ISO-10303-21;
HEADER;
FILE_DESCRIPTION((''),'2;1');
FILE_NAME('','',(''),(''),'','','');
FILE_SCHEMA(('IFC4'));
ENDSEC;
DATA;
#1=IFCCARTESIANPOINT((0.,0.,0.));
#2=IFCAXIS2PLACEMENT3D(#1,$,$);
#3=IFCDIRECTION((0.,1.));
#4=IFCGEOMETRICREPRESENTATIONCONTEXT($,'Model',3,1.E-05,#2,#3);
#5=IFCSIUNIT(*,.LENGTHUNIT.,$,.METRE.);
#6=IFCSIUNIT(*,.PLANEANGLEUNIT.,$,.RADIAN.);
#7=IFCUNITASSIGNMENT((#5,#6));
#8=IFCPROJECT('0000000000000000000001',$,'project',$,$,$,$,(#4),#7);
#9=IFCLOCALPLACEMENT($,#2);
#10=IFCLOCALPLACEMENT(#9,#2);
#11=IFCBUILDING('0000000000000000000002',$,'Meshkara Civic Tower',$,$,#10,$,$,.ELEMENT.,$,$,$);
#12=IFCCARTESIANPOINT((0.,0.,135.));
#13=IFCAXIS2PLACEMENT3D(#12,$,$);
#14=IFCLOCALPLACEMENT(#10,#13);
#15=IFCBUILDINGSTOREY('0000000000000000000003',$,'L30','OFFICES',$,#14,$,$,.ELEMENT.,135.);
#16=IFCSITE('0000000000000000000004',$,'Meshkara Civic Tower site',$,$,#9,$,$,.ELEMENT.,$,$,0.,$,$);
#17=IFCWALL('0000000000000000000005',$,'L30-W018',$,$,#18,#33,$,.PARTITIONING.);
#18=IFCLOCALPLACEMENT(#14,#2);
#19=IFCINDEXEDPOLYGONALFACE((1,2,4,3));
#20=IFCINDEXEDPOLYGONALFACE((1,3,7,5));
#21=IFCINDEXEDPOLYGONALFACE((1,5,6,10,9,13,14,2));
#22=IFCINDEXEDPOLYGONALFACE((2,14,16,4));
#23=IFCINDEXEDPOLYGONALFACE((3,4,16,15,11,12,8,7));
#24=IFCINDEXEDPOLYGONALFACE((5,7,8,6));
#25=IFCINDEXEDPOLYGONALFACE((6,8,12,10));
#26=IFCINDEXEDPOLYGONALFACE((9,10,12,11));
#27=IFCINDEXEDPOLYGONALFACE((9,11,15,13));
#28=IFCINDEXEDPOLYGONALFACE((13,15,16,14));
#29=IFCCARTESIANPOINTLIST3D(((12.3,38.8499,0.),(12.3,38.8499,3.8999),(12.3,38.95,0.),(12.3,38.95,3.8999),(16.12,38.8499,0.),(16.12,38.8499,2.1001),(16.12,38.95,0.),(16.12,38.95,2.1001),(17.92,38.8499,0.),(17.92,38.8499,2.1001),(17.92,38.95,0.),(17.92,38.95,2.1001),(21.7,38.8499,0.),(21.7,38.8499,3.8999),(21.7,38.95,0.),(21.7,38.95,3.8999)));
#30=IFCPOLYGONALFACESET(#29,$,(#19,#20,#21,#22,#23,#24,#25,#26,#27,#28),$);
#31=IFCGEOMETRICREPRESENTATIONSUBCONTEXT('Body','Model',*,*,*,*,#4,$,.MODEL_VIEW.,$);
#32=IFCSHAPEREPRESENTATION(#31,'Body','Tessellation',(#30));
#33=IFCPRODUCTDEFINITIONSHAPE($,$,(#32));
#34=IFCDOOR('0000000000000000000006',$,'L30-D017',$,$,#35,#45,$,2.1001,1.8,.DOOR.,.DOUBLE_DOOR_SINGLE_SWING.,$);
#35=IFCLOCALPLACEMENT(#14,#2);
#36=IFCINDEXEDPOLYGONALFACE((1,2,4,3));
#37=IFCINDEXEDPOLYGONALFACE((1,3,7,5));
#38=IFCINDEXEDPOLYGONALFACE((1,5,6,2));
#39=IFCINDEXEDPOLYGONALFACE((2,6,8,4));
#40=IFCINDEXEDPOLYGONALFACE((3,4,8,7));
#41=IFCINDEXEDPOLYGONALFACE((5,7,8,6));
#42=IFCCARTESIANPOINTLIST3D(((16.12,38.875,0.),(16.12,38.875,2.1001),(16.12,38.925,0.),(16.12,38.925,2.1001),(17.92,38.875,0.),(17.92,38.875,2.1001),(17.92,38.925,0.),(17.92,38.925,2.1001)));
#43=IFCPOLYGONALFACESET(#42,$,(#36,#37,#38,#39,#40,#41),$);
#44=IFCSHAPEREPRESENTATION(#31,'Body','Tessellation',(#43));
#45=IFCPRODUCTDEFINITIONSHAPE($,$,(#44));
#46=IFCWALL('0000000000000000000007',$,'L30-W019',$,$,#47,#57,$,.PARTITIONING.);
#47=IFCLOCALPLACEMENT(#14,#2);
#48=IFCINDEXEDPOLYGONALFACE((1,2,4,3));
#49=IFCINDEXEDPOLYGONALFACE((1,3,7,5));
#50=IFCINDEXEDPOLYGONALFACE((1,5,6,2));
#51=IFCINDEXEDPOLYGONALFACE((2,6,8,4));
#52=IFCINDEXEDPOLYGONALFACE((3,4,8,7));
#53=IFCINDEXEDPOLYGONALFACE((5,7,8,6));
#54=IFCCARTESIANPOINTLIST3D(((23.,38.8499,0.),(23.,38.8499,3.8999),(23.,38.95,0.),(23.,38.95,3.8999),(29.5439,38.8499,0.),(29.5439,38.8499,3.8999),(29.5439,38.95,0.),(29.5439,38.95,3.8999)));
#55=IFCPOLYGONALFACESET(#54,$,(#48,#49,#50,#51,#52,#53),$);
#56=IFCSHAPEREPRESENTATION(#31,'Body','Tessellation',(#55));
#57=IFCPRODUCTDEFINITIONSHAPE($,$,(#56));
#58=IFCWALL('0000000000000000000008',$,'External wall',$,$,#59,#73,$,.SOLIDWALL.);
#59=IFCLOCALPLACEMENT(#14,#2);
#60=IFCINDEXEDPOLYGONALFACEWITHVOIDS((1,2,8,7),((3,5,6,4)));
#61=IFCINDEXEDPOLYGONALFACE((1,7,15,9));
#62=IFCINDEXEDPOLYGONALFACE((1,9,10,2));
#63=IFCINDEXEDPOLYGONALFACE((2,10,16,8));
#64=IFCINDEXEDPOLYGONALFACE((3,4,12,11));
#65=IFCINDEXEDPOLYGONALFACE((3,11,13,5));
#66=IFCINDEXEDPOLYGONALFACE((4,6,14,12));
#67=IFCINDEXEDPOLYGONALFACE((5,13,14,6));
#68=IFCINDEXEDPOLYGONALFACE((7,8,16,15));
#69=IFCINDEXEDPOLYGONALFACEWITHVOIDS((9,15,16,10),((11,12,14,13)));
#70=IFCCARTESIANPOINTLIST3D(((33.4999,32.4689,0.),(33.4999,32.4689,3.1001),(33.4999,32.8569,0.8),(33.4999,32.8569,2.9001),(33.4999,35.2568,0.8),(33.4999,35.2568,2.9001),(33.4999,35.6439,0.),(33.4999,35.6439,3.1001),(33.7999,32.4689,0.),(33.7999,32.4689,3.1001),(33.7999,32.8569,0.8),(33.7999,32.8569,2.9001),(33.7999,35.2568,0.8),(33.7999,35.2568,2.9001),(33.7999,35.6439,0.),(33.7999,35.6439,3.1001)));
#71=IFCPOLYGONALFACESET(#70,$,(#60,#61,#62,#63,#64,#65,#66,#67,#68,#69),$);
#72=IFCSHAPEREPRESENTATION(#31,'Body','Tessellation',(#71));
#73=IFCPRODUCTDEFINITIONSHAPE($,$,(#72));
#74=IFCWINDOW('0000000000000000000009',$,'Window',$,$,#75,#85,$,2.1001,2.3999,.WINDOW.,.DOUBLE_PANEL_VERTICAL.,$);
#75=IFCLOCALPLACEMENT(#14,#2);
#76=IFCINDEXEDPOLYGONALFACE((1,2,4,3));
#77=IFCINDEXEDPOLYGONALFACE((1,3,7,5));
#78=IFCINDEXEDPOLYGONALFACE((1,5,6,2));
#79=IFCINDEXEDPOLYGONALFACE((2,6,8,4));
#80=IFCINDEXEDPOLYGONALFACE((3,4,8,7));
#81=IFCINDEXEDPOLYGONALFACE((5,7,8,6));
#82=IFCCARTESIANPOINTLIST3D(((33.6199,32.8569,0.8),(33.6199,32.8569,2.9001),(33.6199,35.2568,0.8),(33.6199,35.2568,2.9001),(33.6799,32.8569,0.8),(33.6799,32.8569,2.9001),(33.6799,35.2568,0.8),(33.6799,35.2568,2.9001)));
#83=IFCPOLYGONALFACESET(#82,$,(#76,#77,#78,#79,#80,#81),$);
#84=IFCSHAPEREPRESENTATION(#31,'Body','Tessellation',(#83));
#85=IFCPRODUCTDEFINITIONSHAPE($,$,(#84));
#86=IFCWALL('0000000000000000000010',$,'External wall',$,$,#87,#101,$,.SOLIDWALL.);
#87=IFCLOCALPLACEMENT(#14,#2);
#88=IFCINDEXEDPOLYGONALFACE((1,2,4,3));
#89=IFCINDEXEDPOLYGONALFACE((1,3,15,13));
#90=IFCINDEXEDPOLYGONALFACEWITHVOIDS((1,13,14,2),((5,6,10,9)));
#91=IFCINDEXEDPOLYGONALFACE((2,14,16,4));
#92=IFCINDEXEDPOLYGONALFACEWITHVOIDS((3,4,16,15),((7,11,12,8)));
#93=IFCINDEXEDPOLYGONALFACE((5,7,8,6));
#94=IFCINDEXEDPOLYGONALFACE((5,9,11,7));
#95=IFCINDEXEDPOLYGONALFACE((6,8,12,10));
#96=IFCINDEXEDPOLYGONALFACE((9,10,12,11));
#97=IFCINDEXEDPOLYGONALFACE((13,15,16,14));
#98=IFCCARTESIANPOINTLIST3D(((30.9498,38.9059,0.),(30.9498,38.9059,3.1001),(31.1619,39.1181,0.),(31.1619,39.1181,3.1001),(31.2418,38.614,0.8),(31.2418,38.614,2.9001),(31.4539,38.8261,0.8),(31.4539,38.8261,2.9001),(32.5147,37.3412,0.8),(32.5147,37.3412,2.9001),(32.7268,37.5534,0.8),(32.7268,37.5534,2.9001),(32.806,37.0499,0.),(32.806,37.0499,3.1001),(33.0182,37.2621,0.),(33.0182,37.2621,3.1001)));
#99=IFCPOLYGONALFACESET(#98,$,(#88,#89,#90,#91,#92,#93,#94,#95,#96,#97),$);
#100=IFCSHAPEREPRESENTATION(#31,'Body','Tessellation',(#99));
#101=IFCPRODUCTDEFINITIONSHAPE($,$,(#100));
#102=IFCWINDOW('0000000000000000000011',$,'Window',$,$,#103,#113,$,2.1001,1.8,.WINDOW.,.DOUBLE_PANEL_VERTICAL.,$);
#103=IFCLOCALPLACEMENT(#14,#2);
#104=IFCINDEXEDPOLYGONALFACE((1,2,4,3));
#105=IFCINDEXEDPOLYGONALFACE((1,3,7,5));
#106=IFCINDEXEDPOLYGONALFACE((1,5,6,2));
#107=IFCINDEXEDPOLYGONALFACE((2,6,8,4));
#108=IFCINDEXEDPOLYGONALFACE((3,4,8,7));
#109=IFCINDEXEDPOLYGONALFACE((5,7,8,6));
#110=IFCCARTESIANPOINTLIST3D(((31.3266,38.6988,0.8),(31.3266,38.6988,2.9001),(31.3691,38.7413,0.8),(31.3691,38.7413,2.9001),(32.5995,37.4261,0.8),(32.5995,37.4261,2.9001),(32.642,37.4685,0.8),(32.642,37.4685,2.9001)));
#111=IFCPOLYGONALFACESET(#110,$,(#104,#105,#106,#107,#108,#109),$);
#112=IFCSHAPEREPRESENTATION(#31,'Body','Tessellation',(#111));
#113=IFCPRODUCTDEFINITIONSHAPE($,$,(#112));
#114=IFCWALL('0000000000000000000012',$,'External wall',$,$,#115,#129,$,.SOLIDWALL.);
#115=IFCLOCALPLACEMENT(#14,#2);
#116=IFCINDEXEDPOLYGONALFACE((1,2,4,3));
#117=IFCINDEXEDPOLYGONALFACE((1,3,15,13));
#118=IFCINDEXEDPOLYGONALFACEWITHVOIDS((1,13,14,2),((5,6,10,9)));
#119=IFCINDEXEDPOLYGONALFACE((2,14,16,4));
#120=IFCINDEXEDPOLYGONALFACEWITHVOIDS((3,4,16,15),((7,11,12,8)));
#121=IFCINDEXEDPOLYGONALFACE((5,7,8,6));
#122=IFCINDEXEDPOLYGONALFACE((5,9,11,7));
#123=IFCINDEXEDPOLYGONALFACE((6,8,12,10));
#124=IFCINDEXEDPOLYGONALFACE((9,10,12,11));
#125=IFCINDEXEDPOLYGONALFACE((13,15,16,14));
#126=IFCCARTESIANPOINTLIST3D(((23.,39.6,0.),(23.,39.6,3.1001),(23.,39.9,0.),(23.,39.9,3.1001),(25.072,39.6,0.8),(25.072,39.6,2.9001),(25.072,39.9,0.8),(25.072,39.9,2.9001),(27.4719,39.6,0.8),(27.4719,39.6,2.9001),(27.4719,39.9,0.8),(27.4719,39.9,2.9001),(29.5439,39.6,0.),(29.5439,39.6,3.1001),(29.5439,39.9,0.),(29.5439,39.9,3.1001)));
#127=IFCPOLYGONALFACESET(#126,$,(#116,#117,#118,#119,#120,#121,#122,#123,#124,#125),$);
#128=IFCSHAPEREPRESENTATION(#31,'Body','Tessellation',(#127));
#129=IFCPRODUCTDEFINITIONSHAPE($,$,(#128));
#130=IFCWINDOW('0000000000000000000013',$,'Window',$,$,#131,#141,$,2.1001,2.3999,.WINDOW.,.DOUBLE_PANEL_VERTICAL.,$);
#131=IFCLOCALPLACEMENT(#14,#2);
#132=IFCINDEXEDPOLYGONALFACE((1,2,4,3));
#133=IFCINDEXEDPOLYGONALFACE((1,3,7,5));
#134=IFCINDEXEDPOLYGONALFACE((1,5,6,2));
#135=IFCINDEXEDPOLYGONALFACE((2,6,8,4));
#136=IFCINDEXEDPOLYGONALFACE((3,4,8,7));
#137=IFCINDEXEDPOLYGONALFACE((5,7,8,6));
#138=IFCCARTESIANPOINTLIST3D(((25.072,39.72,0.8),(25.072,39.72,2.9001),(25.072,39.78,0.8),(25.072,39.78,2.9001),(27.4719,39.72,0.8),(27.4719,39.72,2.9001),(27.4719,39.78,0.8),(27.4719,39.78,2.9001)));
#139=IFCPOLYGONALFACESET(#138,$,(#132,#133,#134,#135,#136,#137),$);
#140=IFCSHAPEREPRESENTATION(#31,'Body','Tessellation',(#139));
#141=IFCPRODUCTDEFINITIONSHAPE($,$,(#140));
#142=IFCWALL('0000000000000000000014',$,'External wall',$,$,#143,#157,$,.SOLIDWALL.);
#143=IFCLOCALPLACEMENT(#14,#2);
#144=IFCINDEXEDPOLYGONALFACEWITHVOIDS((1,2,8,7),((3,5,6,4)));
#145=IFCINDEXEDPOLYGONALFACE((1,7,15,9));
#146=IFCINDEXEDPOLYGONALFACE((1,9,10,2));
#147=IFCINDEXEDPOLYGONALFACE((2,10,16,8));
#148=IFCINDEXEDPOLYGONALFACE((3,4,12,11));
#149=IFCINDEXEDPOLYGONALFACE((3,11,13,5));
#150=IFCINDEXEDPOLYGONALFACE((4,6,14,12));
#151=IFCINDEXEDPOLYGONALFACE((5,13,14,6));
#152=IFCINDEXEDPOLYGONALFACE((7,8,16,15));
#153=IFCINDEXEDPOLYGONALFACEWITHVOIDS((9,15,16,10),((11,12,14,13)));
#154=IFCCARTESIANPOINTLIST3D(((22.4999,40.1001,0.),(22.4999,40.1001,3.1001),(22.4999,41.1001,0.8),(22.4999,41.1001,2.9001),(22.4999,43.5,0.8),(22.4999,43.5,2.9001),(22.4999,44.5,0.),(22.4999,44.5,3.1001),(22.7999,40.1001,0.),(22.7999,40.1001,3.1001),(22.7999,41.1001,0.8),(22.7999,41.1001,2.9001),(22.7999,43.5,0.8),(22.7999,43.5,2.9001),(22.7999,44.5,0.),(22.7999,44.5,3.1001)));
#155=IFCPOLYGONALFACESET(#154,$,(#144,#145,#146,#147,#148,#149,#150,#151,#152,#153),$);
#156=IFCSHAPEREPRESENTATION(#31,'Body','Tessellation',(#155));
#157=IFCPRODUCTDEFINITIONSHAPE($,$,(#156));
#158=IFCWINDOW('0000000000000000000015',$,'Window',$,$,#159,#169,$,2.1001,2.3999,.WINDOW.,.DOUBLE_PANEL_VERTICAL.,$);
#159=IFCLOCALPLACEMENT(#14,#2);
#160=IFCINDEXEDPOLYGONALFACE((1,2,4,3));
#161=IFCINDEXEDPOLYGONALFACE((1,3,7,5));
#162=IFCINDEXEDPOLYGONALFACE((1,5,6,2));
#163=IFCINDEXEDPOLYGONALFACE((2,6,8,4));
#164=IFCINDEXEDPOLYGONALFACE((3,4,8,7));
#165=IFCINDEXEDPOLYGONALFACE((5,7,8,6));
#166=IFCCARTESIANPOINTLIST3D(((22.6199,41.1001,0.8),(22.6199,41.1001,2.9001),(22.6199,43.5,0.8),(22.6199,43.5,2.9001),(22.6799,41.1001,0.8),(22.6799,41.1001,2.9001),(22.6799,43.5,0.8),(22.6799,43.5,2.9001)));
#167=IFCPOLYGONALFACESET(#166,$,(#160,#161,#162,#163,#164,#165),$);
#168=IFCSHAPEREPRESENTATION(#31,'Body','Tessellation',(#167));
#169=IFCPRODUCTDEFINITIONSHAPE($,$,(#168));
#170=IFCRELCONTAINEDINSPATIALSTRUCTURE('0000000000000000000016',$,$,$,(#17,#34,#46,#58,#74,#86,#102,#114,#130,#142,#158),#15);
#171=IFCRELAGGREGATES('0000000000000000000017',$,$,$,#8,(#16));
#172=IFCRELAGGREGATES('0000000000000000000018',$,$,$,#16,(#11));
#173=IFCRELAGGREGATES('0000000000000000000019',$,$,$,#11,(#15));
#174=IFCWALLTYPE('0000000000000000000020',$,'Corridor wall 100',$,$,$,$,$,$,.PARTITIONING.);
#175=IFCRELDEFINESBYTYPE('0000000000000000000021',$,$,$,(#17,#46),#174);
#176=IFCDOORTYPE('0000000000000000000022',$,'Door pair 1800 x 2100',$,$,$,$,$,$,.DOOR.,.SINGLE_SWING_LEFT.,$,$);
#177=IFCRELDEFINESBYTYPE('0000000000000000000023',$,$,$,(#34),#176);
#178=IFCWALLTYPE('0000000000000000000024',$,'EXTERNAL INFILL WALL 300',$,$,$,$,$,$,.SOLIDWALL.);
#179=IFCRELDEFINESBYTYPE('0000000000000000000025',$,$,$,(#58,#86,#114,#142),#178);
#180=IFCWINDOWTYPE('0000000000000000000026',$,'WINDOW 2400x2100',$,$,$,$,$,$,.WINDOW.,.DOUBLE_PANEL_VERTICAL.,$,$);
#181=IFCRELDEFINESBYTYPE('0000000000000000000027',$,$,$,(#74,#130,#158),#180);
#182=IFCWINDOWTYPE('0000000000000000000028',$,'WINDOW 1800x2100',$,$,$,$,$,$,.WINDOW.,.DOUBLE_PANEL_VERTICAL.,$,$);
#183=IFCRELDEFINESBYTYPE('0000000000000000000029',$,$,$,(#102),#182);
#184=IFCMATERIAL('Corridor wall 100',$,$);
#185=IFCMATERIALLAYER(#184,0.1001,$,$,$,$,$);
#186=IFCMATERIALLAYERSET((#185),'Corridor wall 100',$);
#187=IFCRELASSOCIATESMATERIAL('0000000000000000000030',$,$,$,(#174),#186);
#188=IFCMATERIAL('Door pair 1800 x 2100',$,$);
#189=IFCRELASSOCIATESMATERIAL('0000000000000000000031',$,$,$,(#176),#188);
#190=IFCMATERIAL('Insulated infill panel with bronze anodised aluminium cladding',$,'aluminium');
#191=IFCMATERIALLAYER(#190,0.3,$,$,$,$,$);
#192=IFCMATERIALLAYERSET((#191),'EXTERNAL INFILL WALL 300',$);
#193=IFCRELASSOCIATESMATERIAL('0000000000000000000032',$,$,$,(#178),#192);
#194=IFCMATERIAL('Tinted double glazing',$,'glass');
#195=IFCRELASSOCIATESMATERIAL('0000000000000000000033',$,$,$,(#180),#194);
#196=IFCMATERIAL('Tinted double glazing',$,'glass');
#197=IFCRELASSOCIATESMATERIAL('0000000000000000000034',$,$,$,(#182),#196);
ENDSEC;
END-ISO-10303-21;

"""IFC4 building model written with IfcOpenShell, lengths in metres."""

from ifc_helpers import new_model, si_unit, direction, frame, frame_2d, origin, place, context, subcontext, project, spatial, rectangle, extrude, material, layer, layer_set, type_object, element, fill, save


model = new_model("IFC4")

# Units and contexts
model_context = context("Model", 3, precision=1e-05, world=origin(), true_north=direction((0.0, 1.0)))
body_context = subcontext(model_context, "Body", "Model", "MODEL_VIEW")
ifc_project = project(units=[si_unit("LENGTHUNIT", "METRE"), si_unit("PLANEANGLEUNIT", "RADIAN")], contexts=[model_context])

# Site, building, storey
site_placement = place(None, origin())
site = spatial("IfcSite", under=ifc_project, at=site_placement, Name="Meshkara Civic Tower site", CompositionType="ELEMENT", RefElevation=0.0)
building_placement = place(site_placement, origin())
building = spatial("IfcBuilding", under=site, at=building_placement, Name="Meshkara Civic Tower", CompositionType="ELEMENT")
storey_placement = place(building_placement, frame((0.0, 0.0, 135.0)))
storey = spatial("IfcBuildingStorey", under=building, at=storey_placement, Name="L30", Description="OFFICES", CompositionType="ELEMENT", Elevation=135.0)

# Wall, opening, door
ifc_material_1 = material(Name="Corridor wall 100")
ifc_layer_1 = layer(ifc_material_1, 0.1001)
ifc_layer_set_1 = layer_set([ifc_layer_1], Name="Corridor wall 100")
wall_type_1 = type_object("IfcWallType", Name="Corridor wall 100", PredefinedType="PARTITIONING", material=ifc_layer_set_1)
wall_1_placement = place(storey_placement, frame((21.7, 38.8999, 0.0), z_axis=(0.0, 0.0, 1.0), x_axis=(-1.0, 0.0, 0.0)))
wall_1 = element("IfcWall", 1, at=wall_1_placement, inside=storey, type_object=wall_type_1, Name="L30-W018", PredefinedType="PARTITIONING", context=body_context, shape_type="SweptSolid", body=[
    extrude(rectangle(XDim=9.3999, YDim=0.1001, at=frame_2d((4.7, 0.0))), origin(), (0.0, 0.0, 1.0), 3.8999),
])
opening_1_placement = place(wall_1_placement, frame((3.78, 0.0, 0.0)))
opening_1 = element("IfcOpeningElement", 2, at=opening_1_placement, cuts=wall_1, PredefinedType="OPENING", context=body_context, shape_type="SweptSolid", body=[
    extrude(rectangle(XDim=1.8, YDim=2.1001, at=frame_2d((0.8999, 1.05))), frame((0.0, 0.0601, 0.0), z_axis=(0.0, -1.0, 0.0), x_axis=(1.0, 0.0, 0.0)), (0.0, 0.0, 1.0), 0.1201),
])
ifc_material_2 = material(Name="Door pair 1800 x 2100")
door_type_1 = type_object("IfcDoorType", Name="Door pair 1800 x 2100", OperationType="SINGLE_SWING_LEFT", PredefinedType="DOOR", material=ifc_material_2)
door_1_placement = place(opening_1_placement, origin())
door_1 = element("IfcDoor", 3, at=door_1_placement, inside=storey, type_object=door_type_1, Name="L30-D017", OperationType="DOUBLE_DOOR_SINGLE_SWING", OverallHeight=2.1001, OverallWidth=1.8, PredefinedType="DOOR", context=body_context, shape_type="SweptSolid", body=[
    extrude(rectangle(XDim=1.8, YDim=2.1001, at=frame_2d((0.8999, 1.05))), frame((0.0, 0.0249, 0.0), z_axis=(0.0, -1.0, 0.0), x_axis=(1.0, 0.0, 0.0)), (0.0, 0.0, 1.0), 0.05),
])
fill(opening_1, door_1)

# Wall
wall_2_placement = place(storey_placement, frame((29.5439, 38.8999, 0.0), z_axis=(0.0, 0.0, 1.0), x_axis=(-1.0, 0.0, 0.0)))
element("IfcWall", 4, at=wall_2_placement, inside=storey, type_object=wall_type_1, Name="L30-W019", PredefinedType="PARTITIONING", context=body_context, shape_type="SweptSolid", body=[
    extrude(rectangle(XDim=6.5439, YDim=0.1001, at=frame_2d((3.272, 0.0))), origin(), (0.0, 0.0, 1.0), 3.8999),
])

# Walls, openings, windows
ifc_material_3 = material(Name="Insulated infill panel with bronze anodised aluminium cladding", Category="aluminium")
ifc_layer_2 = layer(ifc_material_3, 0.3)
ifc_layer_set_2 = layer_set([ifc_layer_2], Name="EXTERNAL INFILL WALL 300")
wall_type_2 = type_object("IfcWallType", Name="EXTERNAL INFILL WALL 300", PredefinedType="SOLIDWALL", material=ifc_layer_set_2)
wall_3_placement = place(storey_placement, frame((33.6499, 32.469, 0.0), z_axis=(0.0, 0.0, 1.0), x_axis=(0.0, 1.0, 0.0)))
wall_3 = element("IfcWall", 5, at=wall_3_placement, inside=storey, type_object=wall_type_2, Name="External wall", PredefinedType="SOLIDWALL", context=body_context, shape_type="SweptSolid", body=[
    extrude(rectangle(XDim=3.175, YDim=0.3, at=frame_2d((1.5874, 0.0))), origin(), (0.0, 0.0, 1.0), 3.1001),
])
opening_2_placement = place(wall_3_placement, frame((0.3879, 0.0, 0.8)))
opening_2 = element("IfcOpeningElement", 6, at=opening_2_placement, cuts=wall_3, PredefinedType="OPENING", context=body_context, shape_type="SweptSolid", body=[
    extrude(rectangle(XDim=2.3999, YDim=2.1001, at=frame_2d((1.2, 1.05))), frame((0.0, 0.1599, 0.0), z_axis=(0.0, -1.0, 0.0), x_axis=(1.0, 0.0, 0.0)), (0.0, 0.0, 1.0), 0.3201),
])
ifc_material_4 = material(Name="Tinted double glazing", Category="glass")
window_type_1 = type_object("IfcWindowType", Name="WINDOW 2400x2100", PartitioningType="DOUBLE_PANEL_VERTICAL", PredefinedType="WINDOW", material=ifc_material_4)
window_1_placement = place(opening_2_placement, origin())
window_1 = element("IfcWindow", 7, at=window_1_placement, inside=storey, type_object=window_type_1, Name="Window", OverallHeight=2.1001, OverallWidth=2.3999, PartitioningType="DOUBLE_PANEL_VERTICAL", PredefinedType="WINDOW", context=body_context, shape_type="SweptSolid", body=[
    extrude(rectangle(XDim=2.3999, YDim=2.1001, at=frame_2d((1.2, 1.05))), frame((0.0, 0.03, 0.0), z_axis=(0.0, -1.0, 0.0), x_axis=(1.0, 0.0, 0.0)), (0.0, 0.0, 1.0), 0.0601),
])
fill(opening_2, window_1)
wall_4_placement = place(storey_placement, frame((32.9121, 37.156, 0.0), z_axis=(0.0, 0.0, 1.0), x_axis=(-0.707153, 0.70706, 0.0)))
wall_4 = element("IfcWall", 8, at=wall_4_placement, inside=storey, type_object=wall_type_2, Name="External wall", PredefinedType="SOLIDWALL", context=body_context, shape_type="SweptSolid", body=[
    extrude(rectangle(XDim=2.625, YDim=0.3, at=frame_2d((1.3125, 0.0))), origin(), (0.0, 0.0, 1.0), 3.1001),
])
opening_3_placement = place(wall_4_placement, frame((0.4121, 0.0, 0.8)))
opening_3 = element("IfcOpeningElement", 9, at=opening_3_placement, cuts=wall_4, PredefinedType="OPENING", context=body_context, shape_type="SweptSolid", body=[
    extrude(rectangle(XDim=1.8, YDim=2.1001, at=frame_2d((0.8999, 1.05))), frame((0.0, 0.1599, 0.0), z_axis=(0.0, -1.0, 0.0), x_axis=(1.0, 0.0, 0.0)), (0.0, 0.0, 1.0), 0.3201),
])
ifc_material_5 = material(Name="Tinted double glazing", Category="glass")
window_type_2 = type_object("IfcWindowType", Name="WINDOW 1800x2100", PartitioningType="DOUBLE_PANEL_VERTICAL", PredefinedType="WINDOW", material=ifc_material_5)
window_2_placement = place(opening_3_placement, origin())
window_2 = element("IfcWindow", 10, at=window_2_placement, inside=storey, type_object=window_type_2, Name="Window", OverallHeight=2.1001, OverallWidth=1.8, PartitioningType="DOUBLE_PANEL_VERTICAL", PredefinedType="WINDOW", context=body_context, shape_type="SweptSolid", body=[
    extrude(rectangle(XDim=1.8, YDim=2.1001, at=frame_2d((0.8999, 1.05))), frame((0.0, 0.03, 0.0), z_axis=(0.0, -1.0, 0.0), x_axis=(1.0, 0.0, 0.0)), (0.0, 0.0, 1.0), 0.0601),
])
fill(opening_3, window_2)
wall_5_placement = place(storey_placement, frame((29.5439, 39.75, 0.0), z_axis=(0.0, 0.0, 1.0), x_axis=(-1.0, 0.0, 0.0)))
wall_5 = element("IfcWall", 11, at=wall_5_placement, inside=storey, type_object=wall_type_2, Name="External wall", PredefinedType="SOLIDWALL", context=body_context, shape_type="SweptSolid", body=[
    extrude(rectangle(XDim=6.5439, YDim=0.3, at=frame_2d((3.272, 0.0))), origin(), (0.0, 0.0, 1.0), 3.1001),
])
opening_4_placement = place(wall_5_placement, frame((2.072, 0.0, 0.8)))
opening_4 = element("IfcOpeningElement", 12, at=opening_4_placement, cuts=wall_5, PredefinedType="OPENING", context=body_context, shape_type="SweptSolid", body=[
    extrude(rectangle(XDim=2.3999, YDim=2.1001, at=frame_2d((1.2, 1.05))), frame((0.0, 0.1599, 0.0), z_axis=(0.0, -1.0, 0.0), x_axis=(1.0, 0.0, 0.0)), (0.0, 0.0, 1.0), 0.3201),
])
window_3_placement = place(opening_4_placement, origin())
window_3 = element("IfcWindow", 13, at=window_3_placement, inside=storey, type_object=window_type_1, Name="Window", OverallHeight=2.1001, OverallWidth=2.3999, PartitioningType="DOUBLE_PANEL_VERTICAL", PredefinedType="WINDOW", context=body_context, shape_type="SweptSolid", body=[
    extrude(rectangle(XDim=2.3999, YDim=2.1001, at=frame_2d((1.2, 1.05))), frame((0.0, 0.03, 0.0), z_axis=(0.0, -1.0, 0.0), x_axis=(1.0, 0.0, 0.0)), (0.0, 0.0, 1.0), 0.0601),
])
fill(opening_4, window_3)
wall_6_placement = place(storey_placement, frame((22.6499, 40.1001, 0.0), z_axis=(0.0, 0.0, 1.0), x_axis=(0.0, 1.0, 0.0)))
wall_6 = element("IfcWall", 14, at=wall_6_placement, inside=storey, type_object=wall_type_2, Name="External wall", PredefinedType="SOLIDWALL", context=body_context, shape_type="SweptSolid", body=[
    extrude(rectangle(XDim=4.3999, YDim=0.3, at=frame_2d((2.2, 0.0))), origin(), (0.0, 0.0, 1.0), 3.1001),
])
opening_5_placement = place(wall_6_placement, frame((1.0, 0.0, 0.8)))
opening_5 = element("IfcOpeningElement", 15, at=opening_5_placement, cuts=wall_6, PredefinedType="OPENING", context=body_context, shape_type="SweptSolid", body=[
    extrude(rectangle(XDim=2.3999, YDim=2.1001, at=frame_2d((1.2, 1.05))), frame((0.0, 0.1599, 0.0), z_axis=(0.0, -1.0, 0.0), x_axis=(1.0, 0.0, 0.0)), (0.0, 0.0, 1.0), 0.3201),
])
window_4_placement = place(opening_5_placement, origin())
window_4 = element("IfcWindow", 16, at=window_4_placement, inside=storey, type_object=window_type_1, Name="Window", OverallHeight=2.1001, OverallWidth=2.3999, PartitioningType="DOUBLE_PANEL_VERTICAL", PredefinedType="WINDOW", context=body_context, shape_type="SweptSolid", body=[
    extrude(rectangle(XDim=2.3999, YDim=2.1001, at=frame_2d((1.2, 1.05))), frame((0.0, 0.03, 0.0), z_axis=(0.0, -1.0, 0.0), x_axis=(1.0, 0.0, 0.0)), (0.0, 0.0, 1.0), 0.0601),
])
fill(opening_5, window_4)

save(model, "model.ifc")
